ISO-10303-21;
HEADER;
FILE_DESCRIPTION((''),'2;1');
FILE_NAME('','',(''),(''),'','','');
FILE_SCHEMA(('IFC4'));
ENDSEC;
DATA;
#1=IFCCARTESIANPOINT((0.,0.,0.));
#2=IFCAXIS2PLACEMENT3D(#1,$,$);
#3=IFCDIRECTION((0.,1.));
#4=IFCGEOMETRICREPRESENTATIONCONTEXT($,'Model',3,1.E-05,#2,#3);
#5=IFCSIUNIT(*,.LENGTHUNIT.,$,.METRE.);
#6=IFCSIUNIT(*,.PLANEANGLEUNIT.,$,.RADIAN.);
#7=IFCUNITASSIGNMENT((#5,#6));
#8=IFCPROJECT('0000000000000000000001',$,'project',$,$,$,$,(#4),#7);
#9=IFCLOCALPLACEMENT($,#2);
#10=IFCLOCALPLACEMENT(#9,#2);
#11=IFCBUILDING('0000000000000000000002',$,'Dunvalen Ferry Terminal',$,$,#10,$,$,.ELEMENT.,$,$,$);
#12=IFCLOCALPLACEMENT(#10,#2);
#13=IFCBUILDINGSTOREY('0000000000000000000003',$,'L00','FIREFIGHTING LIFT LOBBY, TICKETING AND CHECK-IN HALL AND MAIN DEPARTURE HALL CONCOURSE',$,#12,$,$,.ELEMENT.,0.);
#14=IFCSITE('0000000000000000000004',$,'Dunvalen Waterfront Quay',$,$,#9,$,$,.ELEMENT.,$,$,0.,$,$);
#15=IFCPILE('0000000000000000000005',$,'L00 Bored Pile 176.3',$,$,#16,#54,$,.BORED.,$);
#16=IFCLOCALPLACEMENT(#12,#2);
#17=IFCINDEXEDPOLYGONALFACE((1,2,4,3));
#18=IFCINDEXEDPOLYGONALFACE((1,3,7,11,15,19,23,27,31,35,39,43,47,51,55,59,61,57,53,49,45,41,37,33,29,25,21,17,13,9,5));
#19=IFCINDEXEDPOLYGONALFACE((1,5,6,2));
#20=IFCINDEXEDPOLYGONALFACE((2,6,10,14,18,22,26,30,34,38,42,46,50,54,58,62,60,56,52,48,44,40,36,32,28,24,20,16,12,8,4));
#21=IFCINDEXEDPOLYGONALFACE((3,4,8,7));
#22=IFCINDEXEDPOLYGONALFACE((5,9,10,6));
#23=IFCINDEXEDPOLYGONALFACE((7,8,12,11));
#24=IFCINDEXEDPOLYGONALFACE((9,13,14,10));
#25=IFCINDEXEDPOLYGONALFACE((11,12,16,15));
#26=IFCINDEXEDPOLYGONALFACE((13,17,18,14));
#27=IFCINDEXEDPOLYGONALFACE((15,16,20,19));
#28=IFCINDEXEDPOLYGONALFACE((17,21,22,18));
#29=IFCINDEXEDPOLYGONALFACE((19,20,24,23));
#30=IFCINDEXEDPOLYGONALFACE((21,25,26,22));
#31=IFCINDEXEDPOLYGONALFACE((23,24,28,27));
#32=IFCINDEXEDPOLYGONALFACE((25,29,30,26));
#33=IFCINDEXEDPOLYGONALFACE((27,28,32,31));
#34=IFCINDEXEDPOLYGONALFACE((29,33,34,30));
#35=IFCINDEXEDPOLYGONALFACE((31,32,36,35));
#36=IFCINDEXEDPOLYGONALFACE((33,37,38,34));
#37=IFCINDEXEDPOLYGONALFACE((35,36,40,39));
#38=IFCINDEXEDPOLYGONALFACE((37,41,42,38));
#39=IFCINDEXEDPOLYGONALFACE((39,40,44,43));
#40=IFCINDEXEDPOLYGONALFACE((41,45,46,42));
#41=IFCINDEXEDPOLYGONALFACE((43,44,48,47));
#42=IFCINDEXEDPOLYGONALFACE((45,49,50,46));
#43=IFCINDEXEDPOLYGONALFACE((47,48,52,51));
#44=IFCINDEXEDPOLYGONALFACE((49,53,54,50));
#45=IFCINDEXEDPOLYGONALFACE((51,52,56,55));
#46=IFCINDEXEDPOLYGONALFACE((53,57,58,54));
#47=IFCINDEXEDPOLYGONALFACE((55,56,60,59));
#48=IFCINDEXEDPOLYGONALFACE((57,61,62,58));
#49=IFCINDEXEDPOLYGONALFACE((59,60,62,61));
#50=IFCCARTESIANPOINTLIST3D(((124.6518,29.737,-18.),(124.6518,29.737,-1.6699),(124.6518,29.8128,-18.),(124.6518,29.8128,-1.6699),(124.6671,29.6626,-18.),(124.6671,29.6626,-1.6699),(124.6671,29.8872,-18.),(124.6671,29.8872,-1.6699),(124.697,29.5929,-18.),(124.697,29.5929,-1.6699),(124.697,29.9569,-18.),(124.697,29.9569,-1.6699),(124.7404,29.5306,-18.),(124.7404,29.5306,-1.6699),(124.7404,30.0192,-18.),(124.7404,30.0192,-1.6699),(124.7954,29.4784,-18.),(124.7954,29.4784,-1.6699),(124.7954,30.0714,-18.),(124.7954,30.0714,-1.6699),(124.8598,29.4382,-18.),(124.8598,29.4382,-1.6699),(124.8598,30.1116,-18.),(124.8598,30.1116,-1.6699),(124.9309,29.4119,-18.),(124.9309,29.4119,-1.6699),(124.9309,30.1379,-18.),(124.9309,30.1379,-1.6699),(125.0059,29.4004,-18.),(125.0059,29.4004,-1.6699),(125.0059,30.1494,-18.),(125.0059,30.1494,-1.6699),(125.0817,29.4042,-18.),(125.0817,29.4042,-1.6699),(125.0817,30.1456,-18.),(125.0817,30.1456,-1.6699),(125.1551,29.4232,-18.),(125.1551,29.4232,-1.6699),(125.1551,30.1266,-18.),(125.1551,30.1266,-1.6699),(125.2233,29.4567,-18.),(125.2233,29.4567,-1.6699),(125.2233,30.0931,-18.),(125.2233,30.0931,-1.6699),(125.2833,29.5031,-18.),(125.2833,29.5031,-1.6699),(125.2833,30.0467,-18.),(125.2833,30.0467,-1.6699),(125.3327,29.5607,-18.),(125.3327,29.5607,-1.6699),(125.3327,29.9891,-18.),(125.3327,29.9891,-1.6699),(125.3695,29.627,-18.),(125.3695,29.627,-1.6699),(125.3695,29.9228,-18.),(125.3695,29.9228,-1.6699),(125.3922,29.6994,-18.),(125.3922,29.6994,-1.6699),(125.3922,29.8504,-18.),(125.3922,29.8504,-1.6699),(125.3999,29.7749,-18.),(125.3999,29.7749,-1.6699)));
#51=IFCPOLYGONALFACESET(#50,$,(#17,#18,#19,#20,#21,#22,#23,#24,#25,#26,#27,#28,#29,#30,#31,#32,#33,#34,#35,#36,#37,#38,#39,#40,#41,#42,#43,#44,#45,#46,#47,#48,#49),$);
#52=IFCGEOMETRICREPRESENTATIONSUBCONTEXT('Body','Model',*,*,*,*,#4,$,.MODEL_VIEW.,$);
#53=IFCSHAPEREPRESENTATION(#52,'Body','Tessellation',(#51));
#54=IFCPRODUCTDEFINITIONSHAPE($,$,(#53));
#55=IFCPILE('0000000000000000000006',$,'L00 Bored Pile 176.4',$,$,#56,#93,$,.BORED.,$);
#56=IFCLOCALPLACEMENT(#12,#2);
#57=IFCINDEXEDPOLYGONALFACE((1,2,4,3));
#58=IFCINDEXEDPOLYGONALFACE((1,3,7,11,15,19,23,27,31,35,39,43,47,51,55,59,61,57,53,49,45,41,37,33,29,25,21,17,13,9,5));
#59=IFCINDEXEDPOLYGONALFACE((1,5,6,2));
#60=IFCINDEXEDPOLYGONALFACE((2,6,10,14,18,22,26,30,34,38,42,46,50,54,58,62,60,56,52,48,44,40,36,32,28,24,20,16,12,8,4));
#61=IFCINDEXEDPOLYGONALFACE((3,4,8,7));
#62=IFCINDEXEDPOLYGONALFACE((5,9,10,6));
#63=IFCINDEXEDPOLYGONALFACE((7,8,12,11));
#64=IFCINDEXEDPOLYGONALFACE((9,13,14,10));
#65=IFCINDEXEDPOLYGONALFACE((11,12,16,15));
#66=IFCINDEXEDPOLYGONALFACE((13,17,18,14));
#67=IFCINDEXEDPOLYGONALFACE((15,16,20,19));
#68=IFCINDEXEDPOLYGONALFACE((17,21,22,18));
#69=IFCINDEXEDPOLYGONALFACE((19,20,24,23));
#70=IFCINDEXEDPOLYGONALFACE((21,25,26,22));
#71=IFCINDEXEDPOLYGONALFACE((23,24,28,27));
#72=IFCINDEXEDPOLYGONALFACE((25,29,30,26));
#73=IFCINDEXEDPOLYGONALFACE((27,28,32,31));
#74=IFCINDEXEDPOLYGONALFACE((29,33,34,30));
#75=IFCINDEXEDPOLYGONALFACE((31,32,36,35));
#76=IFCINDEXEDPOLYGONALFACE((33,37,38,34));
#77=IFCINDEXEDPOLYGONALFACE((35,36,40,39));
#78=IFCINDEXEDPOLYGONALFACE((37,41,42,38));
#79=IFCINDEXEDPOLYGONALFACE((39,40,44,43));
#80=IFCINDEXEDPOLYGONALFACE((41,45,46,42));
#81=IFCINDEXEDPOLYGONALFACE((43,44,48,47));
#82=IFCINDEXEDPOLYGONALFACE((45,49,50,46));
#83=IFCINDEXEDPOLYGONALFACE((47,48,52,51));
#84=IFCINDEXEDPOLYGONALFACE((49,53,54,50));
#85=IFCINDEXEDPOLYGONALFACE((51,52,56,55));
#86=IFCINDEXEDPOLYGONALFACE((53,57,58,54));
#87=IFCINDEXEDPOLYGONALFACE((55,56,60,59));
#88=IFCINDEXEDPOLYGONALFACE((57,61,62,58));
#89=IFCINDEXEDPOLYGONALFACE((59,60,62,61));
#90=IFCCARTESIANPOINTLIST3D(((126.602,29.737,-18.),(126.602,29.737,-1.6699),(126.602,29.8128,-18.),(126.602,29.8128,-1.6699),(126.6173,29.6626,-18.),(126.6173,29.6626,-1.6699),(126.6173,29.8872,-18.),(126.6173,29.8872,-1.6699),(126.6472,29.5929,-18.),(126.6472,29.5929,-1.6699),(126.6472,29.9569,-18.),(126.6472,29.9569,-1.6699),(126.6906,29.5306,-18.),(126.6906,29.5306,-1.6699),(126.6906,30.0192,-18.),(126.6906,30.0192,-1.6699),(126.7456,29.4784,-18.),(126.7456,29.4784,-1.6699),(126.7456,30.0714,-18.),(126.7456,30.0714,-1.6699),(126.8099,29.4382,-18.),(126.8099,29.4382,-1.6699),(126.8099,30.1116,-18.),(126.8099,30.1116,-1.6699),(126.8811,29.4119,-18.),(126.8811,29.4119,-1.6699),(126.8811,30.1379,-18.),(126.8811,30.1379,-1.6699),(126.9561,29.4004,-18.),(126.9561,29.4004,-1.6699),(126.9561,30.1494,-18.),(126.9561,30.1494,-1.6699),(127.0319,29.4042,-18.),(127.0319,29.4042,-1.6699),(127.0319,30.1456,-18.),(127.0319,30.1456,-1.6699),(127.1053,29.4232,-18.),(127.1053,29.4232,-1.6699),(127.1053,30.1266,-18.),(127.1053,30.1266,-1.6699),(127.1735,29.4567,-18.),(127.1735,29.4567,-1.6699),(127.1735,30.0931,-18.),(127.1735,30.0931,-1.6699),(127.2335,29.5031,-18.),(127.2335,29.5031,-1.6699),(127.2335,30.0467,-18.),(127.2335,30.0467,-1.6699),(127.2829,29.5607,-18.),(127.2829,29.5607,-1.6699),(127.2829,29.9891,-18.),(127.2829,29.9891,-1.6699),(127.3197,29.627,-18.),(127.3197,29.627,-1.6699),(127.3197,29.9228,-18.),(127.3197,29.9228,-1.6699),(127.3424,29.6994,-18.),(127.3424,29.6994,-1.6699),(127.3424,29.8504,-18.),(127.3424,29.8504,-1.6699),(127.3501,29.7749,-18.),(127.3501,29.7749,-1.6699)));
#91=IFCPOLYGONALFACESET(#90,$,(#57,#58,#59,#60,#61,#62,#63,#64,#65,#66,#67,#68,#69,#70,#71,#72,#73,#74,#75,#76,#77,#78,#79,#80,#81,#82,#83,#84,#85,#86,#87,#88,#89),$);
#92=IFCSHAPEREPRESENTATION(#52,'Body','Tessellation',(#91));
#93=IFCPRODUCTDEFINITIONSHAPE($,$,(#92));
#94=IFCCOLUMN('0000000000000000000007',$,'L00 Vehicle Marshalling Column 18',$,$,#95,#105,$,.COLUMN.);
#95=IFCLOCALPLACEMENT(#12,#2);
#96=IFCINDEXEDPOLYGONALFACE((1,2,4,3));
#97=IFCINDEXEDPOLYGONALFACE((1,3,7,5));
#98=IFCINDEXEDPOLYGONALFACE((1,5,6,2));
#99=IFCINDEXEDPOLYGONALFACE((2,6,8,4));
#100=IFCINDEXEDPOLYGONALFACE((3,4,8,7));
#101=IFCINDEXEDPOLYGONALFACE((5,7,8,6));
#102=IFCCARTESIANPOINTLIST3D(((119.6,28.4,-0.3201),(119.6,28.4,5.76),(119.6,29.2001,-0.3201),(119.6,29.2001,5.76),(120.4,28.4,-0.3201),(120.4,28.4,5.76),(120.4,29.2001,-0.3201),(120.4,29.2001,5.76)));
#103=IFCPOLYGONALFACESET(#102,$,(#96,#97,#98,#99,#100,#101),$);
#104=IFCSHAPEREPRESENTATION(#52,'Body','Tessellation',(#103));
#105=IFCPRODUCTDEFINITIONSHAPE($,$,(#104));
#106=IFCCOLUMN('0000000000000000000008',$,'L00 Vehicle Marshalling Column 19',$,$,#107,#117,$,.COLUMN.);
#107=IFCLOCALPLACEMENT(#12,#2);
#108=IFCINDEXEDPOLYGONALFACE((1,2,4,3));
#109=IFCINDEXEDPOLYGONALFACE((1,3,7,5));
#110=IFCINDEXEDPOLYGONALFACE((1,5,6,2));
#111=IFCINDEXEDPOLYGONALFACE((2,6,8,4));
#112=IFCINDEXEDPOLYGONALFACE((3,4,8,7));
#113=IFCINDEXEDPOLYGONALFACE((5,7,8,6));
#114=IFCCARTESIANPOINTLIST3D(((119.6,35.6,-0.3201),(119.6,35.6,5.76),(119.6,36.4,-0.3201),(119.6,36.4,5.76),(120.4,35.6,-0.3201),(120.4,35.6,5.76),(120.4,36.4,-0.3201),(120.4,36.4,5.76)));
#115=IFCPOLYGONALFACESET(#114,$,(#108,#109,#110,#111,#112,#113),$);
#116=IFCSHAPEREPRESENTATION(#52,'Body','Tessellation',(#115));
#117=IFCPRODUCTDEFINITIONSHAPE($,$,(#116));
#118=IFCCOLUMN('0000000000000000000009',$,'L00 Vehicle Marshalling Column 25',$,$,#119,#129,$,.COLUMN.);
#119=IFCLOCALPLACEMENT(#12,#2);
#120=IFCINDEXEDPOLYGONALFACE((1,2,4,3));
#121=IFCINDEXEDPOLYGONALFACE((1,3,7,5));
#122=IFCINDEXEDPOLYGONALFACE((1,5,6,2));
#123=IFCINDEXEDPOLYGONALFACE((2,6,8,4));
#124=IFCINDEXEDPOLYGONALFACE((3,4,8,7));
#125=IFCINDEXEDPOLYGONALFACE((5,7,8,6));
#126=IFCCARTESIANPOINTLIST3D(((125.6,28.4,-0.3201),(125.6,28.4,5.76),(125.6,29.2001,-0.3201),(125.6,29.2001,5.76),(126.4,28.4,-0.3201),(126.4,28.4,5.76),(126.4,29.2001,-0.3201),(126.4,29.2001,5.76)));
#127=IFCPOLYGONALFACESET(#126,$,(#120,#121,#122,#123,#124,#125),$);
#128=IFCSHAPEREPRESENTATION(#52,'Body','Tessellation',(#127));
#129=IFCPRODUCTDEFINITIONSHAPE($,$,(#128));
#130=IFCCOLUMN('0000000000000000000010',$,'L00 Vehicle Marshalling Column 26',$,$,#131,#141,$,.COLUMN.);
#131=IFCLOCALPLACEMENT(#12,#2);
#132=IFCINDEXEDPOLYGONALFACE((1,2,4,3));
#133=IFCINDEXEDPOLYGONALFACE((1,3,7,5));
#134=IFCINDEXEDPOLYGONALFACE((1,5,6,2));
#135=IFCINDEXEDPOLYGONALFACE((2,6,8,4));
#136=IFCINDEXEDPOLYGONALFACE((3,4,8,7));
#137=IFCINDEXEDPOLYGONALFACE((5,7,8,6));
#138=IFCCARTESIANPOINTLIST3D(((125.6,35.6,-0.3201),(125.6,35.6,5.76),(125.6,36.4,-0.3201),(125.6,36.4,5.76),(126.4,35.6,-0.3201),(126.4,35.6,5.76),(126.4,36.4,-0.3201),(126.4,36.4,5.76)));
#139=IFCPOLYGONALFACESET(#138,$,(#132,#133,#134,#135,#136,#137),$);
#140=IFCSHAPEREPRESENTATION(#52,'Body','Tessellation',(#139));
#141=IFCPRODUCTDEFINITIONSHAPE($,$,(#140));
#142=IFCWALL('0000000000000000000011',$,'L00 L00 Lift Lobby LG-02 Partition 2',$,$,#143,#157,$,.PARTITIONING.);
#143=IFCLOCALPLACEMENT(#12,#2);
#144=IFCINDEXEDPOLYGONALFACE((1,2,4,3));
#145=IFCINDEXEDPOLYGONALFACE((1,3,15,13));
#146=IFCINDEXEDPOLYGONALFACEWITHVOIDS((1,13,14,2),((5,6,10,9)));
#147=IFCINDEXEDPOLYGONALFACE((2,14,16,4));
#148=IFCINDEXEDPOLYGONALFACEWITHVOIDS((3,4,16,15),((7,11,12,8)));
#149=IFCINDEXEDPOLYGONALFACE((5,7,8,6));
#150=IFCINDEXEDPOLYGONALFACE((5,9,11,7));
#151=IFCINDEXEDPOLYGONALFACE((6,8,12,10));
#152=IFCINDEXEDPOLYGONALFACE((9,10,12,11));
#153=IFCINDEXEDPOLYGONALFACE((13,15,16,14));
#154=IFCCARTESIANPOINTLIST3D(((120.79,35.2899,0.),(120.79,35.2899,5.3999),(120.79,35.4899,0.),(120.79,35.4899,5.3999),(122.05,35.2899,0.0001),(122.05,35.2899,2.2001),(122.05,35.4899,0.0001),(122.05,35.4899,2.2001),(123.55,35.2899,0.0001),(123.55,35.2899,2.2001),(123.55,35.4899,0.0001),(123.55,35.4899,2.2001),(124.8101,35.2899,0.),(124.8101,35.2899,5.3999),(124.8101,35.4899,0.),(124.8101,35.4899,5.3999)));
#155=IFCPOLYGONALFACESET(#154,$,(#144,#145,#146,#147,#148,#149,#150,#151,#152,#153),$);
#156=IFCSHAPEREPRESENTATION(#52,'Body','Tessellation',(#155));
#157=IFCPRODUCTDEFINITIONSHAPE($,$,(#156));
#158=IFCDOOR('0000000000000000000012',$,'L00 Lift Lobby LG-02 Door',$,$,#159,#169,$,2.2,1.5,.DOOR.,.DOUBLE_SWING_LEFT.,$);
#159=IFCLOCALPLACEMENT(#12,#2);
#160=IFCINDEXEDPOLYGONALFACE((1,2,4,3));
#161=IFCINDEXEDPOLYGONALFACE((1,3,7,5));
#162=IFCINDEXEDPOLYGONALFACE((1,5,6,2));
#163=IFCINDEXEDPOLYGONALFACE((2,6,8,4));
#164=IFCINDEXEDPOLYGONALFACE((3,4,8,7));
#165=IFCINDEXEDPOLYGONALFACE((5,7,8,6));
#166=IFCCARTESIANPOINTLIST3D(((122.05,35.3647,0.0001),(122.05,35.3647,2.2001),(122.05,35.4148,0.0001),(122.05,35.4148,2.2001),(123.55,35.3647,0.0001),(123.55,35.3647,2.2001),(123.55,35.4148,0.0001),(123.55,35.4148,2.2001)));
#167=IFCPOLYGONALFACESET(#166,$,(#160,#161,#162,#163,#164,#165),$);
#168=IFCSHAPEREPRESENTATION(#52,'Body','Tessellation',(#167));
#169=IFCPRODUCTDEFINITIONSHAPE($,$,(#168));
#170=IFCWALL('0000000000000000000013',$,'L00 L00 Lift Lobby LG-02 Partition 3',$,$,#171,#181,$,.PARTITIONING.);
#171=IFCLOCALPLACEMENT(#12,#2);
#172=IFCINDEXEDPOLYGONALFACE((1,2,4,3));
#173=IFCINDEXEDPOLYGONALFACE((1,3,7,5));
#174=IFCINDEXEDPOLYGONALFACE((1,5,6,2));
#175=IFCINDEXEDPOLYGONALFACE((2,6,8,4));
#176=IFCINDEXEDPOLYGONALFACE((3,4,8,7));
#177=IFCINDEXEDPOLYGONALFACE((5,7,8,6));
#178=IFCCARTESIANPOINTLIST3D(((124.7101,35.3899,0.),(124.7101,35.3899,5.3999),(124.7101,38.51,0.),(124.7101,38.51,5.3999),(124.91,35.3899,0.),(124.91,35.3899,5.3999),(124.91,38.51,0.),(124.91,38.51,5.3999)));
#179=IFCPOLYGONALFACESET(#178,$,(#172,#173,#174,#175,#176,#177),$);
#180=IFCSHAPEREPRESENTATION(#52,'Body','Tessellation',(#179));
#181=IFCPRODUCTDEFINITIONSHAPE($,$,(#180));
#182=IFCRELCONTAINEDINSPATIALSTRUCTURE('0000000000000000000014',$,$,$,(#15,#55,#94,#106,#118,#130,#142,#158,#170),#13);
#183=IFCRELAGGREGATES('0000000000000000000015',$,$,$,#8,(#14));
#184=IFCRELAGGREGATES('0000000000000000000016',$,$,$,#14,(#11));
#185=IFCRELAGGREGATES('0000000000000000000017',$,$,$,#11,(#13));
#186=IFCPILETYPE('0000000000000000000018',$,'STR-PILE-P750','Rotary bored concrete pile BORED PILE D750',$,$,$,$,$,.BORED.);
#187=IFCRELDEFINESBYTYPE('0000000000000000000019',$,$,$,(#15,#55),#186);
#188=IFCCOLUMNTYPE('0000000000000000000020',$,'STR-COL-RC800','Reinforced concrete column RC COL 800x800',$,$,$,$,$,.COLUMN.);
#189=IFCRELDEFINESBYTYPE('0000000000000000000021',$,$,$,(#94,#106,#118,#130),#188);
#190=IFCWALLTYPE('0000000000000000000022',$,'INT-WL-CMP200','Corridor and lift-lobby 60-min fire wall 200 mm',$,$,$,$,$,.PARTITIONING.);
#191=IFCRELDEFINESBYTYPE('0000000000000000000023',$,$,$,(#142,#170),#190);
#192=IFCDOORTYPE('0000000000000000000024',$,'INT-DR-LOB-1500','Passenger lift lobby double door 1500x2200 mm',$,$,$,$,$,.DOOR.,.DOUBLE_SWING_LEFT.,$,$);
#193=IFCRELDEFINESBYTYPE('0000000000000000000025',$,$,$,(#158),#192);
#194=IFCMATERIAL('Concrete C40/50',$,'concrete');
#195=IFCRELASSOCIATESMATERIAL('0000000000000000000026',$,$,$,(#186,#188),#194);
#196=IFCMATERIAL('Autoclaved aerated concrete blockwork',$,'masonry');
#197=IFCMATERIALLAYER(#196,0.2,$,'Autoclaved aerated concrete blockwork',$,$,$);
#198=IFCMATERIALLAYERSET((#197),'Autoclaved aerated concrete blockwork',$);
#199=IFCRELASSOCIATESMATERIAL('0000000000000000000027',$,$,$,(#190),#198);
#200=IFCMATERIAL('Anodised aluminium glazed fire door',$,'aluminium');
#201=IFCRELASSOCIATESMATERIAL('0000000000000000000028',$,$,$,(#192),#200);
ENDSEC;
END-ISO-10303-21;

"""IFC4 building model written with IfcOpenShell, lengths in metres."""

from ifc_helpers import new_model, si_unit, direction, frame, frame_2d, origin, origin_2d, place, context, subcontext, project, spatial, rectangle, circle, extrude, material, layer, layer_set, material_profile, profile_set, type_object, element, fill, save


model = new_model("IFC4")

# Units and contexts
model_context = context("Model", 3, precision=1e-05, world=origin(), true_north=direction((0.0, 1.0)))
body_context = subcontext(model_context, "Body", "Model", "MODEL_VIEW")
ifc_project = project(units=[si_unit("LENGTHUNIT", "METRE"), si_unit("PLANEANGLEUNIT", "RADIAN")], contexts=[model_context])

# Site, building, storey
site_placement = place(None, origin())
site = spatial("IfcSite", under=ifc_project, at=site_placement, Name="Dunvalen Waterfront Quay", CompositionType="ELEMENT", RefElevation=0.0)
building_placement = place(site_placement, origin())
building = spatial("IfcBuilding", under=site, at=building_placement, Name="Dunvalen Ferry Terminal", CompositionType="ELEMENT")
storey_placement = place(building_placement, origin())
storey = spatial("IfcBuildingStorey", under=building, at=storey_placement, Name="L00", Description="FIREFIGHTING LIFT LOBBY, TICKETING AND CHECK-IN HALL AND MAIN DEPARTURE HALL CONCOURSE", CompositionType="ELEMENT", Elevation=0.0)

# Shared definitions
ifc_material_1 = material(Name="Concrete C40/50", Category="concrete")

# Piles
ifc_material_profile_1 = material_profile(ifc_material_1, circle(Radius=0.375, at=origin_2d()), Name="Concrete C40/50")
ifc_profile_set_1 = profile_set([ifc_material_profile_1], Name="Concrete C40/50")
pile_type = type_object("IfcPileType", Name="STR-PILE-P750", Description="Rotary bored concrete pile BORED PILE D750", PredefinedType="BORED", material=ifc_profile_set_1)
for number, where, z_axis, x_axis, name in (
    (1, (125.0249, 29.7749, -1.6699), (0.0, 0.0, -1.0), (1.0, 0.0, 0.0), "L00 Bored Pile 176.3"),
    (2, (126.9751, 29.7749, -1.6699), (0.0, 0.0, -1.0), (1.0, 0.0, 0.0), "L00 Bored Pile 176.4"),
):
    element("IfcPile", number, at=place(storey_placement, frame(where, z_axis=z_axis, x_axis=x_axis)), inside=storey, type_object=pile_type, Name=name, PredefinedType="BORED", context=body_context, shape_type="SweptSolid", body=[
        extrude(circle(Radius=0.375, at=origin_2d()), origin(), (0.0, 0.0, 1.0), 16.3301),
    ])

# Columns
ifc_material_profile_2 = material_profile(ifc_material_1, rectangle(XDim=0.8, YDim=0.8, at=origin_2d()), Name="Concrete C40/50")
ifc_profile_set_2 = profile_set([ifc_material_profile_2], Name="Concrete C40/50")
column_type = type_object("IfcColumnType", Name="STR-COL-RC800", Description="Reinforced concrete column RC COL 800x800", PredefinedType="COLUMN", material=ifc_profile_set_2)
for number, where, z_axis, x_axis, name in (
    (3, (120.0, 28.8, -0.3201), (0.0, 0.0, 1.0), (1.0, 0.0, 0.0), "L00 Vehicle Marshalling Column 18"),
    (4, (120.0, 36.0, -0.3201), (0.0, 0.0, 1.0), (1.0, 0.0, 0.0), "L00 Vehicle Marshalling Column 19"),
    (5, (126.0, 28.8, -0.3201), (0.0, 0.0, 1.0), (1.0, 0.0, 0.0), "L00 Vehicle Marshalling Column 25"),
    (6, (126.0, 36.0, -0.3201), (0.0, 0.0, 1.0), (1.0, 0.0, 0.0), "L00 Vehicle Marshalling Column 26"),
):
    element("IfcColumn", number, at=place(storey_placement, frame(where, z_axis=z_axis, x_axis=x_axis)), inside=storey, type_object=column_type, Name=name, PredefinedType="COLUMN", context=body_context, shape_type="SweptSolid", body=[
        extrude(rectangle(XDim=0.8, YDim=0.8, at=origin_2d()), origin(), (0.0, 0.0, 1.0), 6.0801),
    ])

# Wall, opening, door
ifc_material_2 = material(Name="Autoclaved aerated concrete blockwork", Category="masonry")
ifc_layer = layer(ifc_material_2, 0.2, Name="Autoclaved aerated concrete blockwork")
ifc_layer_set = layer_set([ifc_layer], Name="Autoclaved aerated concrete blockwork")
wall_type = type_object("IfcWallType", Name="INT-WL-CMP200", Description="Corridor and lift-lobby 60-min fire wall 200 mm", PredefinedType="PARTITIONING", material=ifc_layer_set)
wall_1_placement = place(storey_placement, frame((120.79, 35.3899, 0.0), z_axis=(0.0, 0.0, 1.0), x_axis=(1.0, 0.0, 0.0)))
wall_1 = element("IfcWall", 7, at=wall_1_placement, inside=storey, type_object=wall_type, Name="L00 L00 Lift Lobby LG-02 Partition 2", PredefinedType="PARTITIONING", context=body_context, shape_type="SweptSolid", body=[
    extrude(rectangle(XDim=4.02, YDim=0.2, at=frame_2d((2.01, 0.0))), origin(), (0.0, 0.0, 1.0), 5.3999),
])
opening_placement = place(wall_1_placement, frame((1.26, 0.0, 0.0)))
opening = element("IfcOpeningElement", 8, at=opening_placement, cuts=wall_1, PredefinedType="OPENING", context=body_context, shape_type="SweptSolid", body=[
    extrude(rectangle(XDim=1.5, YDim=2.2, at=frame_2d((0.75, 1.1001))), frame((0.0, 0.1099, 0.0), z_axis=(0.0, -1.0, 0.0), x_axis=(1.0, 0.0, 0.0)), (0.0, 0.0, 1.0), 0.22),
])
ifc_material_3 = material(Name="Anodised aluminium glazed fire door", Category="aluminium")
door_type = type_object("IfcDoorType", Name="INT-DR-LOB-1500", Description="Passenger lift lobby double door 1500x2200 mm", OperationType="DOUBLE_SWING_LEFT", PredefinedType="DOOR", material=ifc_material_3)
door_placement = place(opening_placement, origin())
door = element("IfcDoor", 9, at=door_placement, inside=storey, type_object=door_type, Name="L00 Lift Lobby LG-02 Door", OperationType="DOUBLE_SWING_LEFT", OverallHeight=2.2, OverallWidth=1.5, PredefinedType="DOOR", context=body_context, shape_type="SweptSolid", body=[
    extrude(rectangle(XDim=1.5, YDim=2.2, at=frame_2d((0.75, 1.1001))), frame((0.0, 0.0249, 0.0), z_axis=(0.0, -1.0, 0.0), x_axis=(1.0, 0.0, 0.0)), (0.0, 0.0, 1.0), 0.05),
])
fill(opening, door)

# Wall
wall_2_placement = place(storey_placement, frame((124.8101, 35.3899, 0.0), z_axis=(0.0, 0.0, 1.0), x_axis=(0.0, 1.0, 0.0)))
element("IfcWall", 10, at=wall_2_placement, inside=storey, type_object=wall_type, Name="L00 L00 Lift Lobby LG-02 Partition 3", PredefinedType="PARTITIONING", context=body_context, shape_type="SweptSolid", body=[
    extrude(rectangle(XDim=3.1201, YDim=0.2, at=frame_2d((1.5601, 0.0))), origin(), (0.0, 0.0, 1.0), 5.3999),
])

save(model, "model.ifc")
